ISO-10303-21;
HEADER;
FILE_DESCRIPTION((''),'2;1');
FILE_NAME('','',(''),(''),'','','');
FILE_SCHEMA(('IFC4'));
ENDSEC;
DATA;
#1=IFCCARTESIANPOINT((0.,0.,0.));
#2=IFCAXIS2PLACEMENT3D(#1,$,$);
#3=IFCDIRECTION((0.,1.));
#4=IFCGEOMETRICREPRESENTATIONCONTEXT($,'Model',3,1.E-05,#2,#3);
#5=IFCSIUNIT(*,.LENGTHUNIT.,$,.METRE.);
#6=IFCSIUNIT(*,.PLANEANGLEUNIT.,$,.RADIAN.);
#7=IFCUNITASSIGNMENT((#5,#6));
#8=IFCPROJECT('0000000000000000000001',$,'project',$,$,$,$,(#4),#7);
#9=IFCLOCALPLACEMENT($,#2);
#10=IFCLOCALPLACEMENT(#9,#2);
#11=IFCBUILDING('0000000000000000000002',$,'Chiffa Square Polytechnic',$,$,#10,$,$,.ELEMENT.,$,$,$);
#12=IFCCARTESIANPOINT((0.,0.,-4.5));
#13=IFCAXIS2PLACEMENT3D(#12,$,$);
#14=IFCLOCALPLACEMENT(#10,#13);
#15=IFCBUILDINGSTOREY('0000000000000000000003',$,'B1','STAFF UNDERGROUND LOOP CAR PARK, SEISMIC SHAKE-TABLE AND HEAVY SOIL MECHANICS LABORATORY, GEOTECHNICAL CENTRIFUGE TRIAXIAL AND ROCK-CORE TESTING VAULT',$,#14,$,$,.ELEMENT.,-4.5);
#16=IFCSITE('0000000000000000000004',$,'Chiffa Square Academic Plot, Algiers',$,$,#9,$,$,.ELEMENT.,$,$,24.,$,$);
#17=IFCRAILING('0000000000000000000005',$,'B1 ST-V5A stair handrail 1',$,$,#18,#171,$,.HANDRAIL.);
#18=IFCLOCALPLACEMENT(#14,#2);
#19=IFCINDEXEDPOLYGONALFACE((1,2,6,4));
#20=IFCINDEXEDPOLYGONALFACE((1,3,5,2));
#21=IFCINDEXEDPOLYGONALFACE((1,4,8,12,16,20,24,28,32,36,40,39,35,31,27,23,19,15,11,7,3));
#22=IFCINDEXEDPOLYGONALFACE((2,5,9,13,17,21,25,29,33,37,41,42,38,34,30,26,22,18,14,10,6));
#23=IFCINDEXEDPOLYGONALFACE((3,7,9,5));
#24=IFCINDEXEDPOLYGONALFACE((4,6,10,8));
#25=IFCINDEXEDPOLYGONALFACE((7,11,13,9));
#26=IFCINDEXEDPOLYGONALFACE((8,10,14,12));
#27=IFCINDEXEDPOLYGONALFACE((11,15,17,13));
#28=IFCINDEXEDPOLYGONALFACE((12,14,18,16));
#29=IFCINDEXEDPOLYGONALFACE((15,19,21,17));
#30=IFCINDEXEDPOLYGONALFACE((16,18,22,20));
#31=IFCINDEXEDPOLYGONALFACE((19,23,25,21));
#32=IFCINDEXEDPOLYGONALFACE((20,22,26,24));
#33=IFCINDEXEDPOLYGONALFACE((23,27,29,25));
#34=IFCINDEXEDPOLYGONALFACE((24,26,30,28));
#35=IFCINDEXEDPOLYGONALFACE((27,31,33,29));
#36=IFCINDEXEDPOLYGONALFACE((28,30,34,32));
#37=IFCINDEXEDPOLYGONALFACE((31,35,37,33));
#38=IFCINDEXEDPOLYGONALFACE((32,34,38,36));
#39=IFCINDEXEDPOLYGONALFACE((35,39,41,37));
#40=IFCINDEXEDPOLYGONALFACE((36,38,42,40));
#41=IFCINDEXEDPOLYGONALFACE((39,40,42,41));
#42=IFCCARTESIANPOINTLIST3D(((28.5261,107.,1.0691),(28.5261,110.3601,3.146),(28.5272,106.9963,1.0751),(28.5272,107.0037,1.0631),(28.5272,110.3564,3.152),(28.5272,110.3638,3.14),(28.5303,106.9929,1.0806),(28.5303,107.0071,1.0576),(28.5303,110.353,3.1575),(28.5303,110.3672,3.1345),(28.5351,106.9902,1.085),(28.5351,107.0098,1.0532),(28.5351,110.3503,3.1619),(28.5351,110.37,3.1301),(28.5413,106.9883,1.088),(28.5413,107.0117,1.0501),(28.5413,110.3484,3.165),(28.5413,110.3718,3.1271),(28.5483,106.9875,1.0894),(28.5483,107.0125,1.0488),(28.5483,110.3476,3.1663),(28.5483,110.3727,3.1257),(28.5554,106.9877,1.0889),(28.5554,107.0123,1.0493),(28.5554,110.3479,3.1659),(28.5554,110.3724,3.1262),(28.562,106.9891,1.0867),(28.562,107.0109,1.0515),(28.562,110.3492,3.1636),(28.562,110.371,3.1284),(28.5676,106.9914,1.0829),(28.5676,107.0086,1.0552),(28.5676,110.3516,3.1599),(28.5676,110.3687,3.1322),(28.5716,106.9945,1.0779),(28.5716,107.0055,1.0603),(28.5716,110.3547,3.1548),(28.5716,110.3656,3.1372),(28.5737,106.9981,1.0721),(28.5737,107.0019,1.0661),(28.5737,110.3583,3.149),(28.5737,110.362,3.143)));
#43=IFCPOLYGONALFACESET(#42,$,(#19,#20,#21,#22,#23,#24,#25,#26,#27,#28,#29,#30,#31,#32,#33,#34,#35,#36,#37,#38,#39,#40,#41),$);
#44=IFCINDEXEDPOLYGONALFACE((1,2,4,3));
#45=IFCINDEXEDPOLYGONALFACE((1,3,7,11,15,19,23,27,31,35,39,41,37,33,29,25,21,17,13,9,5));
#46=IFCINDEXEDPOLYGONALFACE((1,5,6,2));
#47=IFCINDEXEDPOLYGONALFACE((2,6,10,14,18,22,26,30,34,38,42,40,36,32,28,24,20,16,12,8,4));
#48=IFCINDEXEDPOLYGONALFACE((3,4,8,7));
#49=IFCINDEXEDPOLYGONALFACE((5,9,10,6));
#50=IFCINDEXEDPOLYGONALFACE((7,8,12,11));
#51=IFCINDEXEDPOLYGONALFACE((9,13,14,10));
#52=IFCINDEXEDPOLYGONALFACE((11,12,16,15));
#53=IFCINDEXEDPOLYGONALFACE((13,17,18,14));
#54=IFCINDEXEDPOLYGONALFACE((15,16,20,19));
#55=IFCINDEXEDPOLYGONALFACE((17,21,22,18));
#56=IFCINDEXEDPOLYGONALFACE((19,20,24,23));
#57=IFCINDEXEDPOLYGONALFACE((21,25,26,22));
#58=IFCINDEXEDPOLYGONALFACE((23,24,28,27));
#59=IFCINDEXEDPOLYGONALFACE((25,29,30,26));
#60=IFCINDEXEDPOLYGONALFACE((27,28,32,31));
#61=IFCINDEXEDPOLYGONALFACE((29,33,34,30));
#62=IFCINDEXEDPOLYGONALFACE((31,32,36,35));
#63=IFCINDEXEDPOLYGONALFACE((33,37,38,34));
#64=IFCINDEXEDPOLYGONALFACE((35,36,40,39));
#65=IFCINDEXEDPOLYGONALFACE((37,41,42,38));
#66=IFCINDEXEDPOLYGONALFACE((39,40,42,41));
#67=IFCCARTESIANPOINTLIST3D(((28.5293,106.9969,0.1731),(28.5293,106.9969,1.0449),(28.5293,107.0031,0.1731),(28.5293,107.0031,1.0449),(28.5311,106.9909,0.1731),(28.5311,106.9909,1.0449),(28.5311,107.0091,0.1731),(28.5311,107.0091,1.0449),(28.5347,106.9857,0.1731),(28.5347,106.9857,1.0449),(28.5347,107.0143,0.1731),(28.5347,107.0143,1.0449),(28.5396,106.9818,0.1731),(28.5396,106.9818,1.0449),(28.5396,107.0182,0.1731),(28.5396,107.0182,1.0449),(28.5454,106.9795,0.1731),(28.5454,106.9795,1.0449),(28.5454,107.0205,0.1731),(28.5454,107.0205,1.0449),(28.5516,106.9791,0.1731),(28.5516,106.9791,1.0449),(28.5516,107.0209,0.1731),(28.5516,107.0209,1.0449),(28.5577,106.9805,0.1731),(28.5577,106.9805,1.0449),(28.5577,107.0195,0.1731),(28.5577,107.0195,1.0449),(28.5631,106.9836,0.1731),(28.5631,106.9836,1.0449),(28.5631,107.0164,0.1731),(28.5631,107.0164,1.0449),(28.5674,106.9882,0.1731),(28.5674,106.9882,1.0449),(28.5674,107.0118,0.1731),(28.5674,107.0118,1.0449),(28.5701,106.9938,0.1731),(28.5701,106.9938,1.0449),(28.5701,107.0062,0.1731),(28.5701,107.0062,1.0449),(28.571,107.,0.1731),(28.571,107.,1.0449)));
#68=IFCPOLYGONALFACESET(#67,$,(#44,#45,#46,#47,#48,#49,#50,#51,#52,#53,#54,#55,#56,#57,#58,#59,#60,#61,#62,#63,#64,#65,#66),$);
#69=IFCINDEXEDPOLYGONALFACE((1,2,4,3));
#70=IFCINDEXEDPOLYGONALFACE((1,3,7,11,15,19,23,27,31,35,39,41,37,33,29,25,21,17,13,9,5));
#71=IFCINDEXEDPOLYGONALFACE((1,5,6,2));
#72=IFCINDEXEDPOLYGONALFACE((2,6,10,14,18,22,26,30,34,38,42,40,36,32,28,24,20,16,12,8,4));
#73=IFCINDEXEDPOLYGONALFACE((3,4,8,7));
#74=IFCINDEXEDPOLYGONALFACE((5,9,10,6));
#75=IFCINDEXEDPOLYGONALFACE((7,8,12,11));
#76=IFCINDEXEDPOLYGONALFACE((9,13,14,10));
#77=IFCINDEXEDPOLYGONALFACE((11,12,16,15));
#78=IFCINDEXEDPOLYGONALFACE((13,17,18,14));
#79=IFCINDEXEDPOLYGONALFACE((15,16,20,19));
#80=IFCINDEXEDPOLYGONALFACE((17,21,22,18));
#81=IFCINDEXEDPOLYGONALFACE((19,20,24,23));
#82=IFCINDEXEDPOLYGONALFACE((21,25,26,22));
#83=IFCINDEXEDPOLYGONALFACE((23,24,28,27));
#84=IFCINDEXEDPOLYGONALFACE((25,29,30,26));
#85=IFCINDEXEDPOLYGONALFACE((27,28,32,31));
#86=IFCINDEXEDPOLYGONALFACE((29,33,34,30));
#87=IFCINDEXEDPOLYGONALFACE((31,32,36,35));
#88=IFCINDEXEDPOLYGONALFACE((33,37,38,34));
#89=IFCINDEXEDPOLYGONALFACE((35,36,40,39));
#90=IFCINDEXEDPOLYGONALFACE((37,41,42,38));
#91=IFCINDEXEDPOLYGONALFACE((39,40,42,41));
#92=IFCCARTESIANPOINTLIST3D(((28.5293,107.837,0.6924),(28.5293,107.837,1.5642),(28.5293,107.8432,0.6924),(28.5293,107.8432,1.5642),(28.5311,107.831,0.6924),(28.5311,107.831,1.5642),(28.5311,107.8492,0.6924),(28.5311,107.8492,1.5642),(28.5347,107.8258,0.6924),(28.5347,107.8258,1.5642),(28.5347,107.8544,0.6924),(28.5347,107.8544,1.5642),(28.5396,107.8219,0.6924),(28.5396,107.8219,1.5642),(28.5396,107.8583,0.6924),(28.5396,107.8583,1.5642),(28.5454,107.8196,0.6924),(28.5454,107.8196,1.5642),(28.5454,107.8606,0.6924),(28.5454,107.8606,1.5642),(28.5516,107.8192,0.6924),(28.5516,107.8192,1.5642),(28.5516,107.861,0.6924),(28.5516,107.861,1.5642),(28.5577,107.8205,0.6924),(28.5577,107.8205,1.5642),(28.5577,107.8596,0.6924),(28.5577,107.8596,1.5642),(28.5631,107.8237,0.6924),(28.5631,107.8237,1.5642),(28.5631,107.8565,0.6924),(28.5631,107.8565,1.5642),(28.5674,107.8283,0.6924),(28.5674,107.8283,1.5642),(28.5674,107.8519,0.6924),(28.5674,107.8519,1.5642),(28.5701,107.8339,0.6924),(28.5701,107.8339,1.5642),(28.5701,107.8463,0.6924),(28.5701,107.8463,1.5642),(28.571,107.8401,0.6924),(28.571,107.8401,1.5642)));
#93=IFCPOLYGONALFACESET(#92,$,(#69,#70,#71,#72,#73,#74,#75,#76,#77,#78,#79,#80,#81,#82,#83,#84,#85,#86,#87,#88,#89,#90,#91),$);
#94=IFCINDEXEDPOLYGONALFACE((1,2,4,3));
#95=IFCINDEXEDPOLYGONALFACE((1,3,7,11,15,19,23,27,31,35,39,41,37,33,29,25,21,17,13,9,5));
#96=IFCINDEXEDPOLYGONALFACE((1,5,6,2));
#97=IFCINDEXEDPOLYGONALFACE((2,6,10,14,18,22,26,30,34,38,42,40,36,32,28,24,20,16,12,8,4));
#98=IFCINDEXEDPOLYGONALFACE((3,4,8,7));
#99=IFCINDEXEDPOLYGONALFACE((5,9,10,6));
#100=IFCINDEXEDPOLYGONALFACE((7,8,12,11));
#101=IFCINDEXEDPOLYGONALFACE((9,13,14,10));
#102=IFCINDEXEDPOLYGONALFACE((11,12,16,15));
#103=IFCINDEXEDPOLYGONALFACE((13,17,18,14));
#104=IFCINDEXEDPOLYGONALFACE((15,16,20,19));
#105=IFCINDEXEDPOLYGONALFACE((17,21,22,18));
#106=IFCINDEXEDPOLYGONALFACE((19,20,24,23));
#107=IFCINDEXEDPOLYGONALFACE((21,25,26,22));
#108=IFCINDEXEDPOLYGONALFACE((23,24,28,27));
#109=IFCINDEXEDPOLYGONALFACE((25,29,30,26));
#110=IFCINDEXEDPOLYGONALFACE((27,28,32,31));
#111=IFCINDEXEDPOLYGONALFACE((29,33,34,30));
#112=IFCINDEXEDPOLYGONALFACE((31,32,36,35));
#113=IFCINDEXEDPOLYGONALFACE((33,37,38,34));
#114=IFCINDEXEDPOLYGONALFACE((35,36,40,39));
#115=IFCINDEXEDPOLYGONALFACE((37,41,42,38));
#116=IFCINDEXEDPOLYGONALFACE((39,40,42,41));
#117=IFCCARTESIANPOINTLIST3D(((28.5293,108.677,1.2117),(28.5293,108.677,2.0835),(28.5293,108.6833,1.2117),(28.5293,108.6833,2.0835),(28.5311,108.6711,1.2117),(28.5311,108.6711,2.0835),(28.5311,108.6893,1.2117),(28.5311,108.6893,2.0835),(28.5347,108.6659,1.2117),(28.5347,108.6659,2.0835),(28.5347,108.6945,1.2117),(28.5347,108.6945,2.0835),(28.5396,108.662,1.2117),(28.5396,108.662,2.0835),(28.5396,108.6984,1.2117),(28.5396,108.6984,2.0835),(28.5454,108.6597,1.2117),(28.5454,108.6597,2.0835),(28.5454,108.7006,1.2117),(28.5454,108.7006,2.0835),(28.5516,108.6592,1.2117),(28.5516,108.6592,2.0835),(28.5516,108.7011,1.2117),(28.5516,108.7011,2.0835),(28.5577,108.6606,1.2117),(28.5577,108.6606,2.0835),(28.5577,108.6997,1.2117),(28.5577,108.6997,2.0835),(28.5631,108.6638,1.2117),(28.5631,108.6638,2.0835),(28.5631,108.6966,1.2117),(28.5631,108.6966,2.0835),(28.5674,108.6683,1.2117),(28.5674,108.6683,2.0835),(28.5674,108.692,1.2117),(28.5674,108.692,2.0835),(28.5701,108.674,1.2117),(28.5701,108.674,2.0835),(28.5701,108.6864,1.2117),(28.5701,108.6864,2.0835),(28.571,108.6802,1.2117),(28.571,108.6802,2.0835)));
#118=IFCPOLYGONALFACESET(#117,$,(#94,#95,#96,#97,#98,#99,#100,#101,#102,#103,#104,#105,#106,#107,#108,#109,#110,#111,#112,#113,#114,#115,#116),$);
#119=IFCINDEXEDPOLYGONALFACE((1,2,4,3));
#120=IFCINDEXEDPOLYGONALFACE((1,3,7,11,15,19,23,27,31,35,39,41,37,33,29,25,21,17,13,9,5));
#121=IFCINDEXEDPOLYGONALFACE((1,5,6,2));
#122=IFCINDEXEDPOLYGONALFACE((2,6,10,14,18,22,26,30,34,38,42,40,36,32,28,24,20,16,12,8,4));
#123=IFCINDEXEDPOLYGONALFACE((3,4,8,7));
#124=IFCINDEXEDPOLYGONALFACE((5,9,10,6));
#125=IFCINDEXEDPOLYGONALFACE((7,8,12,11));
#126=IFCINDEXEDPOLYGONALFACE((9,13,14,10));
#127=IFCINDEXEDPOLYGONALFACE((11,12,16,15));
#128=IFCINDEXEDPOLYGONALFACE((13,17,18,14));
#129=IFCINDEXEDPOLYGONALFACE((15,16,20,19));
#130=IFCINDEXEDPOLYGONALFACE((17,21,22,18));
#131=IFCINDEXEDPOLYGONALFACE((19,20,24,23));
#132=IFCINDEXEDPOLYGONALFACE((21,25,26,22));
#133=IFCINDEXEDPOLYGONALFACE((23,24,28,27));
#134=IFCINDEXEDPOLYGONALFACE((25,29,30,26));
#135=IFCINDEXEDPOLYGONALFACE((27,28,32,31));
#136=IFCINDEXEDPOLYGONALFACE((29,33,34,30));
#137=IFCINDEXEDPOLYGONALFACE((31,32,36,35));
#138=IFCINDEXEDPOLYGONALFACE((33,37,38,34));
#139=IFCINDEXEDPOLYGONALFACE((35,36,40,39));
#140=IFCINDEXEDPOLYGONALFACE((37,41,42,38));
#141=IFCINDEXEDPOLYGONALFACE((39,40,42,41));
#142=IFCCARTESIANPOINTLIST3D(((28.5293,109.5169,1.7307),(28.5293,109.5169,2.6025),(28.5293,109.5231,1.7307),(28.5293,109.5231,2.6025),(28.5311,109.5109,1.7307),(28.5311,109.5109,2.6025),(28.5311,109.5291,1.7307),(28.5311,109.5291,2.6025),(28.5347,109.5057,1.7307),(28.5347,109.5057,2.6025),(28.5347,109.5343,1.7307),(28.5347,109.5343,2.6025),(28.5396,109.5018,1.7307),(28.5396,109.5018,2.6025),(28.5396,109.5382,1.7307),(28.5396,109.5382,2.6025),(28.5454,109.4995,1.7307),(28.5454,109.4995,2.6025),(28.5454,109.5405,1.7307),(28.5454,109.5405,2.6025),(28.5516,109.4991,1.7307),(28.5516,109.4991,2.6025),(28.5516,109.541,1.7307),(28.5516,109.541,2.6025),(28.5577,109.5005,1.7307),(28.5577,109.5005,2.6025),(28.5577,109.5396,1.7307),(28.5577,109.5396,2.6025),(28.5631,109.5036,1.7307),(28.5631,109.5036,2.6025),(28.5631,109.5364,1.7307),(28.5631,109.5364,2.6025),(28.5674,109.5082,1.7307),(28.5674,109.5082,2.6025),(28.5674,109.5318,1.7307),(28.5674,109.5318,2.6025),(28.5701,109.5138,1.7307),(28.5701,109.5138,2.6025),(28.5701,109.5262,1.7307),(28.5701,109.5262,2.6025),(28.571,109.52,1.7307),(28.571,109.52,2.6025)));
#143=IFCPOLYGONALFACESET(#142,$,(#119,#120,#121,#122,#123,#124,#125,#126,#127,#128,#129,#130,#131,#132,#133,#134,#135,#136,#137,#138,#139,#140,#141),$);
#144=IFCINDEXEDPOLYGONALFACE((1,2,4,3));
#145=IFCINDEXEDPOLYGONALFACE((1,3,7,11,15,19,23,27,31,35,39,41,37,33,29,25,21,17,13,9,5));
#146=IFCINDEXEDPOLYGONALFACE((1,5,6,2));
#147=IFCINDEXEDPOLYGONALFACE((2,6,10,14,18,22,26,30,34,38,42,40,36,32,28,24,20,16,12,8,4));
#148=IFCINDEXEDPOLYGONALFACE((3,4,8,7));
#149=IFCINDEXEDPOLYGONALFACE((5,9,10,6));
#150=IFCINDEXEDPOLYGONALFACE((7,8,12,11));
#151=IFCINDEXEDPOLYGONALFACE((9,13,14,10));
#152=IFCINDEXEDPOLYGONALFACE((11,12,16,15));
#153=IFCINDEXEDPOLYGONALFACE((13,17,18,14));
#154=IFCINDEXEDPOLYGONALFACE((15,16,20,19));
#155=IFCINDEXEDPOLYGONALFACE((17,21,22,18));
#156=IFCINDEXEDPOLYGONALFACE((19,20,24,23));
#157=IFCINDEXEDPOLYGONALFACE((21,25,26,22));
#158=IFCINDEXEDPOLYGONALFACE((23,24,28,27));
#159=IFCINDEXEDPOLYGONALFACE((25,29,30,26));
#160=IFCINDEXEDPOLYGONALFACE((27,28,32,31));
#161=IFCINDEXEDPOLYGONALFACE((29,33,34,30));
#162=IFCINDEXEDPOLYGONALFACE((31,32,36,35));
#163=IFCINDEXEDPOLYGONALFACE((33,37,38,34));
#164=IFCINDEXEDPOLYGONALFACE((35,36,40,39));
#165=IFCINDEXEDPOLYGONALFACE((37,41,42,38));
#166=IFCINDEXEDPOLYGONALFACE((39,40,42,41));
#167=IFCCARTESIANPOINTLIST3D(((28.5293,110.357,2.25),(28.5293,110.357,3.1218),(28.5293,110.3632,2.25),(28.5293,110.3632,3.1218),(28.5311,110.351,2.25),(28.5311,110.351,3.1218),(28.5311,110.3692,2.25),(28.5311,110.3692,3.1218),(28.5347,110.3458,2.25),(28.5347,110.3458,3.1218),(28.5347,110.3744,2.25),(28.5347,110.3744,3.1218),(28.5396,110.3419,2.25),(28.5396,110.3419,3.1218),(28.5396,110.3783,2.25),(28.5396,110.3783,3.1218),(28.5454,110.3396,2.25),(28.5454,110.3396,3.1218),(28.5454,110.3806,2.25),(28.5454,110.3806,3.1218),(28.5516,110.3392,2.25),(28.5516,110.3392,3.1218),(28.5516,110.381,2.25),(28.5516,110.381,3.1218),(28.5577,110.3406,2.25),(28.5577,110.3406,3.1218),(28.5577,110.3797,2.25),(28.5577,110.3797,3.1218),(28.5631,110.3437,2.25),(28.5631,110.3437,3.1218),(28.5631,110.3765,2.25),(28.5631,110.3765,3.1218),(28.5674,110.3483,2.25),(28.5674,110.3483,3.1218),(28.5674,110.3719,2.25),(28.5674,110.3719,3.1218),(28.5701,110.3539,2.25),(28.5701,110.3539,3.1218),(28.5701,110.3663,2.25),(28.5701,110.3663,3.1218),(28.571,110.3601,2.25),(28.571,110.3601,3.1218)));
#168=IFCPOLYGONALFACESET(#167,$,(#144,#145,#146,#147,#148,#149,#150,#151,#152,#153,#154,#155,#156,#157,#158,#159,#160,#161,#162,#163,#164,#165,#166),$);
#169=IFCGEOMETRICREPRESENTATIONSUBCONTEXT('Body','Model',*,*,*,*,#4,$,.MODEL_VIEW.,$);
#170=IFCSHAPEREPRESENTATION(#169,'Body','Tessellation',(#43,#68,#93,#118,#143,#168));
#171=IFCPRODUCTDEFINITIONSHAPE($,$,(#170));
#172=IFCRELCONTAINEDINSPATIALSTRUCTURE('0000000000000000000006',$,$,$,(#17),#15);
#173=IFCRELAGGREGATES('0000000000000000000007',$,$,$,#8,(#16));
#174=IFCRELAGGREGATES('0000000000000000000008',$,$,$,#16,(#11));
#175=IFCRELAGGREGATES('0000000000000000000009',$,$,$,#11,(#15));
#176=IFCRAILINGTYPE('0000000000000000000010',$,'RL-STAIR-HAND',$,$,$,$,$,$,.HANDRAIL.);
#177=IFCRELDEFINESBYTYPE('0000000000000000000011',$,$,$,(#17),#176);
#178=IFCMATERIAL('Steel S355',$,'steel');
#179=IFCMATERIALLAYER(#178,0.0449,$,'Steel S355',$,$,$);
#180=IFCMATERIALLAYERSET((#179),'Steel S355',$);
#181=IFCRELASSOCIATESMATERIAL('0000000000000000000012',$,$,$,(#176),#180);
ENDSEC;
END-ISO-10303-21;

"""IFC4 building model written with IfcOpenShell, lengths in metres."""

from ifc_helpers import new_model, si_unit, direction, frame, origin, origin_2d, place, context, subcontext, project, spatial, circle, extrude, material, layer, layer_set, type_object, element, save


model = new_model("IFC4")

# Units and contexts
model_context = context("Model", 3, precision=1e-05, world=origin(), true_north=direction((0.0, 1.0)))
body_context = subcontext(model_context, "Body", "Model", "MODEL_VIEW")
ifc_project = project(units=[si_unit("LENGTHUNIT", "METRE"), si_unit("PLANEANGLEUNIT", "RADIAN")], contexts=[model_context])

# Site, building, storey
site_placement = place(None, origin())
site = spatial("IfcSite", under=ifc_project, at=site_placement, Name="Chiffa Square Academic Plot, Algiers", CompositionType="ELEMENT", RefElevation=24.0)
building_placement = place(site_placement, origin())
building = spatial("IfcBuilding", under=site, at=building_placement, Name="Chiffa Square Polytechnic", CompositionType="ELEMENT")
storey_placement = place(building_placement, frame((0.0, 0.0, -4.5)))
storey = spatial("IfcBuildingStorey", under=building, at=storey_placement, Name="B1", Description="STAFF UNDERGROUND LOOP CAR PARK, SEISMIC SHAKE-TABLE AND HEAVY SOIL MECHANICS LABORATORY, GEOTECHNICAL CENTRIFUGE TRIAXIAL AND ROCK-CORE TESTING VAULT", CompositionType="ELEMENT", Elevation=-4.5)

# Railing
ifc_material_1 = material(Name="Steel S355", Category="steel")
ifc_layer_1 = layer(ifc_material_1, 0.0449, Name="Steel S355")
ifc_layer_set_1 = layer_set([ifc_layer_1], Name="Steel S355")
railing_type_1 = type_object("IfcRailingType", Name="RL-STAIR-HAND", PredefinedType="HANDRAIL", material=ifc_layer_set_1)
railing_1_placement = place(storey_placement, frame((28.55, 107.0, 0.1731)))
element("IfcRailing", 1, at=railing_1_placement, inside=storey, type_object=railing_type_1, Name="B1 ST-V5A stair handrail 1", PredefinedType="HANDRAIL", context=body_context, shape_type="SweptSolid", body=[
    extrude(circle(Radius=0.0239, at=origin_2d()), frame((0.0, 0.0, 0.896), z_axis=(0.0, 0.850623, 0.525776), x_axis=(-1.0, 0.0, 0.0)), (0.0, 0.0, 1.0), 3.9502),
    extrude(circle(Radius=0.021, at=origin_2d()), origin(), (0.0, 0.0, 1.0), 0.8718),
    extrude(circle(Radius=0.021, at=origin_2d()), frame((0.0, 0.8401, 0.5193)), (0.0, 0.0, 1.0), 0.8718),
    extrude(circle(Radius=0.021, at=origin_2d()), frame((0.0, 1.6802, 1.0386)), (0.0, 0.0, 1.0), 0.8718),
    extrude(circle(Radius=0.021, at=origin_2d()), frame((0.0, 2.52, 1.5576)), (0.0, 0.0, 1.0), 0.8718),
    extrude(circle(Radius=0.021, at=origin_2d()), frame((0.0, 3.3601, 2.0769)), (0.0, 0.0, 1.0), 0.8718),
])

save(model, "model.ifc")
